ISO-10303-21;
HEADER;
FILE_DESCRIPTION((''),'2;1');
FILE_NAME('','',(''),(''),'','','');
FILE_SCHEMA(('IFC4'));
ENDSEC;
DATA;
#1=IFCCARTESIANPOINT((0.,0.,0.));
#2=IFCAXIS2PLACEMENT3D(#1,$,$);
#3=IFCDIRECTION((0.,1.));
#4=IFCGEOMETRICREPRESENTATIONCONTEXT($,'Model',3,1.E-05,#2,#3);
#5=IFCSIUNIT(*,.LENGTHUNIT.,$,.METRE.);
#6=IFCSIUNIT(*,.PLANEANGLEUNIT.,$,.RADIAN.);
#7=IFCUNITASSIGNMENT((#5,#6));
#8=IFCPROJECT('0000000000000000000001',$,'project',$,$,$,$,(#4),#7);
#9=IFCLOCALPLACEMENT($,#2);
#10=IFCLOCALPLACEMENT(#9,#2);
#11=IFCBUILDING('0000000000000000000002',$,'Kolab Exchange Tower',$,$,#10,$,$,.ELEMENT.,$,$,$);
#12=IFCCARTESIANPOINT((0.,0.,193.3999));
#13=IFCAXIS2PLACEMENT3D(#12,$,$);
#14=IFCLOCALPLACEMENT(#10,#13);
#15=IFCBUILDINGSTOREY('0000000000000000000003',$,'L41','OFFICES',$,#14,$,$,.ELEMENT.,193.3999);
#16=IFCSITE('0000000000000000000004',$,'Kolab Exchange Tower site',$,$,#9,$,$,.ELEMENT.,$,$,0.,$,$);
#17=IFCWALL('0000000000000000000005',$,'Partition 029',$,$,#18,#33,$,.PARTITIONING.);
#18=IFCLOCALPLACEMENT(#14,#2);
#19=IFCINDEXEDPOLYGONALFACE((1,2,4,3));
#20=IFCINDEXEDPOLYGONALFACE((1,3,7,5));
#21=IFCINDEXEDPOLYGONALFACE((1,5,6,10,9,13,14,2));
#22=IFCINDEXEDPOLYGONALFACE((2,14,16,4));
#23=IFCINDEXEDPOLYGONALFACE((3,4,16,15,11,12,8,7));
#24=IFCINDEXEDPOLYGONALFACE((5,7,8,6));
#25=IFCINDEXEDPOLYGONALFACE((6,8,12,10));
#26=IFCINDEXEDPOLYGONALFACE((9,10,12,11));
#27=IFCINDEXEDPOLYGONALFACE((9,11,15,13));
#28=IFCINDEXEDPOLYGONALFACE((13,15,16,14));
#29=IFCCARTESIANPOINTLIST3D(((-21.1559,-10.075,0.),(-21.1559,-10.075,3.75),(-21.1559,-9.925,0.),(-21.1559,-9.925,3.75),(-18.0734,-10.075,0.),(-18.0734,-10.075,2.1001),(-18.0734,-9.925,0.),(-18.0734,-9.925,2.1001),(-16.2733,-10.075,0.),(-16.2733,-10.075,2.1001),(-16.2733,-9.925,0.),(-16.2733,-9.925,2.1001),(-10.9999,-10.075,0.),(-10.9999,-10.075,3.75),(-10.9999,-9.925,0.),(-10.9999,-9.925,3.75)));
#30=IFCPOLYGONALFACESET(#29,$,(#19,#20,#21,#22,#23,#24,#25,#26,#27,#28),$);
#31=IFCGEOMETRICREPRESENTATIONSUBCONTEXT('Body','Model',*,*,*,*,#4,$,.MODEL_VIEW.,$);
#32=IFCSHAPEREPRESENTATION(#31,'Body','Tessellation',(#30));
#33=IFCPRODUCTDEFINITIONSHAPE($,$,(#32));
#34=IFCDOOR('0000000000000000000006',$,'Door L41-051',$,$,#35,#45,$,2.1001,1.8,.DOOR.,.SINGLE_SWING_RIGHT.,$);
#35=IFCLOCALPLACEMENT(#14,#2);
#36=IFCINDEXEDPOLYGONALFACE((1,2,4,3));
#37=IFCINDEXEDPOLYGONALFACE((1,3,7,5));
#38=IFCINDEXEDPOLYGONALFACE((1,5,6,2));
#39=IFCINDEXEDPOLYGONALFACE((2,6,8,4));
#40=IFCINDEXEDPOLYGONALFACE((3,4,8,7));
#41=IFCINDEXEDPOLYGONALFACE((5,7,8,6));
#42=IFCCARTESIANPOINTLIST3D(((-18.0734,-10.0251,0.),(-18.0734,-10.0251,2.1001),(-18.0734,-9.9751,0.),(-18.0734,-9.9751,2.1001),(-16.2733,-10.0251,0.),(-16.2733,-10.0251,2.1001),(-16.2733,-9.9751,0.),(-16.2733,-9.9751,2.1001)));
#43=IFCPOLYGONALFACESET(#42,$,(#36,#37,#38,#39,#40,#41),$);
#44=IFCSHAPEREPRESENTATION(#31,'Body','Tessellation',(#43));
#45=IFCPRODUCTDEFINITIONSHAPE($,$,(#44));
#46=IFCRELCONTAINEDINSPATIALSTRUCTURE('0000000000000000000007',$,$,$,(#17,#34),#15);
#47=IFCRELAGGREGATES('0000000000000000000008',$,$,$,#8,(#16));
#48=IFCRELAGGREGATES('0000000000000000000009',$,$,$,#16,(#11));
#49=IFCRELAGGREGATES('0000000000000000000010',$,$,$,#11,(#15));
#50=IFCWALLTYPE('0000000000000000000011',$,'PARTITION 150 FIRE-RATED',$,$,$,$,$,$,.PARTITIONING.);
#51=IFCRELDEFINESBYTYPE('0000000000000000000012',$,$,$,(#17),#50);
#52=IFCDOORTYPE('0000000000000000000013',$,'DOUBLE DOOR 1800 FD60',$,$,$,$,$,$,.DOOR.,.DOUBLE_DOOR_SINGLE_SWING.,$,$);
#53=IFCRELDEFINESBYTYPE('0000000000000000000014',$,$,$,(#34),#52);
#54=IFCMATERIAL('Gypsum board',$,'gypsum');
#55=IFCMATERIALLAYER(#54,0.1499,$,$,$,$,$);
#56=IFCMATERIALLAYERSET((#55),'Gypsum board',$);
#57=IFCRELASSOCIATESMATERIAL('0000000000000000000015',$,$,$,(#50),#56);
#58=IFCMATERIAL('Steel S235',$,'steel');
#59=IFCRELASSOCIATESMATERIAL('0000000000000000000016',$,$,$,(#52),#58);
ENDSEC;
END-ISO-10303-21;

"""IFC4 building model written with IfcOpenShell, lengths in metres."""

from ifc_helpers import new_model, si_unit, direction, frame, frame_2d, origin, place, context, subcontext, project, spatial, rectangle, extrude, material, layer, layer_set, type_object, element, fill, save


model = new_model("IFC4")

# Units and contexts
model_context = context("Model", 3, precision=1e-05, world=origin(), true_north=direction((0.0, 1.0)))
body_context = subcontext(model_context, "Body", "Model", "MODEL_VIEW")
ifc_project = project(units=[si_unit("LENGTHUNIT", "METRE"), si_unit("PLANEANGLEUNIT", "RADIAN")], contexts=[model_context])

# Site, building, storey
site_placement = place(None, origin())
site = spatial("IfcSite", under=ifc_project, at=site_placement, Name="Kolab Exchange Tower site", CompositionType="ELEMENT", RefElevation=0.0)
building_placement = place(site_placement, origin())
building = spatial("IfcBuilding", under=site, at=building_placement, Name="Kolab Exchange Tower", CompositionType="ELEMENT")
storey_placement = place(building_placement, frame((0.0, 0.0, 193.3999)))
storey = spatial("IfcBuildingStorey", under=building, at=storey_placement, Name="L41", Description="OFFICES", CompositionType="ELEMENT", Elevation=193.3999)

# Shared definitions
ifc_material_1 = material(Name="Gypsum board", Category="gypsum")
ifc_layer_1 = layer(ifc_material_1, 0.1499)
ifc_layer_set_1 = layer_set([ifc_layer_1], Name="Gypsum board")
wall_type = type_object("IfcWallType", Name="PARTITION 150 FIRE-RATED", PredefinedType="PARTITIONING", material=ifc_layer_set_1)

# Shared definitions
ifc_material_2 = material(Name="Steel S235", Category="steel")

# Wall, opening, door
wall_1_placement = place(storey_placement, frame((-21.156, -10.0, 0.0), z_axis=(0.0, 0.0, 1.0), x_axis=(1.0, 0.0, 0.0)))
wall_1 = element("IfcWall", 1, at=wall_1_placement, inside=storey, type_object=wall_type, Name="Partition 029", PredefinedType="PARTITIONING", context=body_context, shape_type="SweptSolid", body=[
    extrude(rectangle(XDim=10.156, YDim=0.1499, at=frame_2d((5.0781, 0.0))), origin(), (0.0, 0.0, 1.0), 3.75),
])
opening_1_placement = place(wall_1_placement, frame((3.0828, 0.0, 0.0)))
opening_1 = element("IfcOpeningElement", 2, at=opening_1_placement, cuts=wall_1, PredefinedType="OPENING", context=body_context, shape_type="SweptSolid", body=[
    extrude(rectangle(XDim=1.8, YDim=2.1001, at=frame_2d((0.8999, 1.05))), frame((0.0, 0.085, 0.0), z_axis=(0.0, -1.0, 0.0), x_axis=(1.0, 0.0, 0.0)), (0.0, 0.0, 1.0), 0.1699),
])
door_type_1 = type_object("IfcDoorType", Name="DOUBLE DOOR 1800 FD60", OperationType="DOUBLE_DOOR_SINGLE_SWING", PredefinedType="DOOR", material=ifc_material_2)
door_1_placement = place(opening_1_placement, origin())
door_1 = element("IfcDoor", 3, at=door_1_placement, inside=storey, type_object=door_type_1, Name="Door L41-051", OperationType="SINGLE_SWING_RIGHT", OverallHeight=2.1001, OverallWidth=1.8, PredefinedType="DOOR", context=body_context, shape_type="SweptSolid", body=[
    extrude(rectangle(XDim=1.8, YDim=2.1001, at=frame_2d((0.8999, 1.05))), frame((0.0, 0.0249, 0.0), z_axis=(0.0, -1.0, 0.0), x_axis=(1.0, 0.0, 0.0)), (0.0, 0.0, 1.0), 0.05),
])
fill(opening_1, door_1)

save(model, "model.ifc")
